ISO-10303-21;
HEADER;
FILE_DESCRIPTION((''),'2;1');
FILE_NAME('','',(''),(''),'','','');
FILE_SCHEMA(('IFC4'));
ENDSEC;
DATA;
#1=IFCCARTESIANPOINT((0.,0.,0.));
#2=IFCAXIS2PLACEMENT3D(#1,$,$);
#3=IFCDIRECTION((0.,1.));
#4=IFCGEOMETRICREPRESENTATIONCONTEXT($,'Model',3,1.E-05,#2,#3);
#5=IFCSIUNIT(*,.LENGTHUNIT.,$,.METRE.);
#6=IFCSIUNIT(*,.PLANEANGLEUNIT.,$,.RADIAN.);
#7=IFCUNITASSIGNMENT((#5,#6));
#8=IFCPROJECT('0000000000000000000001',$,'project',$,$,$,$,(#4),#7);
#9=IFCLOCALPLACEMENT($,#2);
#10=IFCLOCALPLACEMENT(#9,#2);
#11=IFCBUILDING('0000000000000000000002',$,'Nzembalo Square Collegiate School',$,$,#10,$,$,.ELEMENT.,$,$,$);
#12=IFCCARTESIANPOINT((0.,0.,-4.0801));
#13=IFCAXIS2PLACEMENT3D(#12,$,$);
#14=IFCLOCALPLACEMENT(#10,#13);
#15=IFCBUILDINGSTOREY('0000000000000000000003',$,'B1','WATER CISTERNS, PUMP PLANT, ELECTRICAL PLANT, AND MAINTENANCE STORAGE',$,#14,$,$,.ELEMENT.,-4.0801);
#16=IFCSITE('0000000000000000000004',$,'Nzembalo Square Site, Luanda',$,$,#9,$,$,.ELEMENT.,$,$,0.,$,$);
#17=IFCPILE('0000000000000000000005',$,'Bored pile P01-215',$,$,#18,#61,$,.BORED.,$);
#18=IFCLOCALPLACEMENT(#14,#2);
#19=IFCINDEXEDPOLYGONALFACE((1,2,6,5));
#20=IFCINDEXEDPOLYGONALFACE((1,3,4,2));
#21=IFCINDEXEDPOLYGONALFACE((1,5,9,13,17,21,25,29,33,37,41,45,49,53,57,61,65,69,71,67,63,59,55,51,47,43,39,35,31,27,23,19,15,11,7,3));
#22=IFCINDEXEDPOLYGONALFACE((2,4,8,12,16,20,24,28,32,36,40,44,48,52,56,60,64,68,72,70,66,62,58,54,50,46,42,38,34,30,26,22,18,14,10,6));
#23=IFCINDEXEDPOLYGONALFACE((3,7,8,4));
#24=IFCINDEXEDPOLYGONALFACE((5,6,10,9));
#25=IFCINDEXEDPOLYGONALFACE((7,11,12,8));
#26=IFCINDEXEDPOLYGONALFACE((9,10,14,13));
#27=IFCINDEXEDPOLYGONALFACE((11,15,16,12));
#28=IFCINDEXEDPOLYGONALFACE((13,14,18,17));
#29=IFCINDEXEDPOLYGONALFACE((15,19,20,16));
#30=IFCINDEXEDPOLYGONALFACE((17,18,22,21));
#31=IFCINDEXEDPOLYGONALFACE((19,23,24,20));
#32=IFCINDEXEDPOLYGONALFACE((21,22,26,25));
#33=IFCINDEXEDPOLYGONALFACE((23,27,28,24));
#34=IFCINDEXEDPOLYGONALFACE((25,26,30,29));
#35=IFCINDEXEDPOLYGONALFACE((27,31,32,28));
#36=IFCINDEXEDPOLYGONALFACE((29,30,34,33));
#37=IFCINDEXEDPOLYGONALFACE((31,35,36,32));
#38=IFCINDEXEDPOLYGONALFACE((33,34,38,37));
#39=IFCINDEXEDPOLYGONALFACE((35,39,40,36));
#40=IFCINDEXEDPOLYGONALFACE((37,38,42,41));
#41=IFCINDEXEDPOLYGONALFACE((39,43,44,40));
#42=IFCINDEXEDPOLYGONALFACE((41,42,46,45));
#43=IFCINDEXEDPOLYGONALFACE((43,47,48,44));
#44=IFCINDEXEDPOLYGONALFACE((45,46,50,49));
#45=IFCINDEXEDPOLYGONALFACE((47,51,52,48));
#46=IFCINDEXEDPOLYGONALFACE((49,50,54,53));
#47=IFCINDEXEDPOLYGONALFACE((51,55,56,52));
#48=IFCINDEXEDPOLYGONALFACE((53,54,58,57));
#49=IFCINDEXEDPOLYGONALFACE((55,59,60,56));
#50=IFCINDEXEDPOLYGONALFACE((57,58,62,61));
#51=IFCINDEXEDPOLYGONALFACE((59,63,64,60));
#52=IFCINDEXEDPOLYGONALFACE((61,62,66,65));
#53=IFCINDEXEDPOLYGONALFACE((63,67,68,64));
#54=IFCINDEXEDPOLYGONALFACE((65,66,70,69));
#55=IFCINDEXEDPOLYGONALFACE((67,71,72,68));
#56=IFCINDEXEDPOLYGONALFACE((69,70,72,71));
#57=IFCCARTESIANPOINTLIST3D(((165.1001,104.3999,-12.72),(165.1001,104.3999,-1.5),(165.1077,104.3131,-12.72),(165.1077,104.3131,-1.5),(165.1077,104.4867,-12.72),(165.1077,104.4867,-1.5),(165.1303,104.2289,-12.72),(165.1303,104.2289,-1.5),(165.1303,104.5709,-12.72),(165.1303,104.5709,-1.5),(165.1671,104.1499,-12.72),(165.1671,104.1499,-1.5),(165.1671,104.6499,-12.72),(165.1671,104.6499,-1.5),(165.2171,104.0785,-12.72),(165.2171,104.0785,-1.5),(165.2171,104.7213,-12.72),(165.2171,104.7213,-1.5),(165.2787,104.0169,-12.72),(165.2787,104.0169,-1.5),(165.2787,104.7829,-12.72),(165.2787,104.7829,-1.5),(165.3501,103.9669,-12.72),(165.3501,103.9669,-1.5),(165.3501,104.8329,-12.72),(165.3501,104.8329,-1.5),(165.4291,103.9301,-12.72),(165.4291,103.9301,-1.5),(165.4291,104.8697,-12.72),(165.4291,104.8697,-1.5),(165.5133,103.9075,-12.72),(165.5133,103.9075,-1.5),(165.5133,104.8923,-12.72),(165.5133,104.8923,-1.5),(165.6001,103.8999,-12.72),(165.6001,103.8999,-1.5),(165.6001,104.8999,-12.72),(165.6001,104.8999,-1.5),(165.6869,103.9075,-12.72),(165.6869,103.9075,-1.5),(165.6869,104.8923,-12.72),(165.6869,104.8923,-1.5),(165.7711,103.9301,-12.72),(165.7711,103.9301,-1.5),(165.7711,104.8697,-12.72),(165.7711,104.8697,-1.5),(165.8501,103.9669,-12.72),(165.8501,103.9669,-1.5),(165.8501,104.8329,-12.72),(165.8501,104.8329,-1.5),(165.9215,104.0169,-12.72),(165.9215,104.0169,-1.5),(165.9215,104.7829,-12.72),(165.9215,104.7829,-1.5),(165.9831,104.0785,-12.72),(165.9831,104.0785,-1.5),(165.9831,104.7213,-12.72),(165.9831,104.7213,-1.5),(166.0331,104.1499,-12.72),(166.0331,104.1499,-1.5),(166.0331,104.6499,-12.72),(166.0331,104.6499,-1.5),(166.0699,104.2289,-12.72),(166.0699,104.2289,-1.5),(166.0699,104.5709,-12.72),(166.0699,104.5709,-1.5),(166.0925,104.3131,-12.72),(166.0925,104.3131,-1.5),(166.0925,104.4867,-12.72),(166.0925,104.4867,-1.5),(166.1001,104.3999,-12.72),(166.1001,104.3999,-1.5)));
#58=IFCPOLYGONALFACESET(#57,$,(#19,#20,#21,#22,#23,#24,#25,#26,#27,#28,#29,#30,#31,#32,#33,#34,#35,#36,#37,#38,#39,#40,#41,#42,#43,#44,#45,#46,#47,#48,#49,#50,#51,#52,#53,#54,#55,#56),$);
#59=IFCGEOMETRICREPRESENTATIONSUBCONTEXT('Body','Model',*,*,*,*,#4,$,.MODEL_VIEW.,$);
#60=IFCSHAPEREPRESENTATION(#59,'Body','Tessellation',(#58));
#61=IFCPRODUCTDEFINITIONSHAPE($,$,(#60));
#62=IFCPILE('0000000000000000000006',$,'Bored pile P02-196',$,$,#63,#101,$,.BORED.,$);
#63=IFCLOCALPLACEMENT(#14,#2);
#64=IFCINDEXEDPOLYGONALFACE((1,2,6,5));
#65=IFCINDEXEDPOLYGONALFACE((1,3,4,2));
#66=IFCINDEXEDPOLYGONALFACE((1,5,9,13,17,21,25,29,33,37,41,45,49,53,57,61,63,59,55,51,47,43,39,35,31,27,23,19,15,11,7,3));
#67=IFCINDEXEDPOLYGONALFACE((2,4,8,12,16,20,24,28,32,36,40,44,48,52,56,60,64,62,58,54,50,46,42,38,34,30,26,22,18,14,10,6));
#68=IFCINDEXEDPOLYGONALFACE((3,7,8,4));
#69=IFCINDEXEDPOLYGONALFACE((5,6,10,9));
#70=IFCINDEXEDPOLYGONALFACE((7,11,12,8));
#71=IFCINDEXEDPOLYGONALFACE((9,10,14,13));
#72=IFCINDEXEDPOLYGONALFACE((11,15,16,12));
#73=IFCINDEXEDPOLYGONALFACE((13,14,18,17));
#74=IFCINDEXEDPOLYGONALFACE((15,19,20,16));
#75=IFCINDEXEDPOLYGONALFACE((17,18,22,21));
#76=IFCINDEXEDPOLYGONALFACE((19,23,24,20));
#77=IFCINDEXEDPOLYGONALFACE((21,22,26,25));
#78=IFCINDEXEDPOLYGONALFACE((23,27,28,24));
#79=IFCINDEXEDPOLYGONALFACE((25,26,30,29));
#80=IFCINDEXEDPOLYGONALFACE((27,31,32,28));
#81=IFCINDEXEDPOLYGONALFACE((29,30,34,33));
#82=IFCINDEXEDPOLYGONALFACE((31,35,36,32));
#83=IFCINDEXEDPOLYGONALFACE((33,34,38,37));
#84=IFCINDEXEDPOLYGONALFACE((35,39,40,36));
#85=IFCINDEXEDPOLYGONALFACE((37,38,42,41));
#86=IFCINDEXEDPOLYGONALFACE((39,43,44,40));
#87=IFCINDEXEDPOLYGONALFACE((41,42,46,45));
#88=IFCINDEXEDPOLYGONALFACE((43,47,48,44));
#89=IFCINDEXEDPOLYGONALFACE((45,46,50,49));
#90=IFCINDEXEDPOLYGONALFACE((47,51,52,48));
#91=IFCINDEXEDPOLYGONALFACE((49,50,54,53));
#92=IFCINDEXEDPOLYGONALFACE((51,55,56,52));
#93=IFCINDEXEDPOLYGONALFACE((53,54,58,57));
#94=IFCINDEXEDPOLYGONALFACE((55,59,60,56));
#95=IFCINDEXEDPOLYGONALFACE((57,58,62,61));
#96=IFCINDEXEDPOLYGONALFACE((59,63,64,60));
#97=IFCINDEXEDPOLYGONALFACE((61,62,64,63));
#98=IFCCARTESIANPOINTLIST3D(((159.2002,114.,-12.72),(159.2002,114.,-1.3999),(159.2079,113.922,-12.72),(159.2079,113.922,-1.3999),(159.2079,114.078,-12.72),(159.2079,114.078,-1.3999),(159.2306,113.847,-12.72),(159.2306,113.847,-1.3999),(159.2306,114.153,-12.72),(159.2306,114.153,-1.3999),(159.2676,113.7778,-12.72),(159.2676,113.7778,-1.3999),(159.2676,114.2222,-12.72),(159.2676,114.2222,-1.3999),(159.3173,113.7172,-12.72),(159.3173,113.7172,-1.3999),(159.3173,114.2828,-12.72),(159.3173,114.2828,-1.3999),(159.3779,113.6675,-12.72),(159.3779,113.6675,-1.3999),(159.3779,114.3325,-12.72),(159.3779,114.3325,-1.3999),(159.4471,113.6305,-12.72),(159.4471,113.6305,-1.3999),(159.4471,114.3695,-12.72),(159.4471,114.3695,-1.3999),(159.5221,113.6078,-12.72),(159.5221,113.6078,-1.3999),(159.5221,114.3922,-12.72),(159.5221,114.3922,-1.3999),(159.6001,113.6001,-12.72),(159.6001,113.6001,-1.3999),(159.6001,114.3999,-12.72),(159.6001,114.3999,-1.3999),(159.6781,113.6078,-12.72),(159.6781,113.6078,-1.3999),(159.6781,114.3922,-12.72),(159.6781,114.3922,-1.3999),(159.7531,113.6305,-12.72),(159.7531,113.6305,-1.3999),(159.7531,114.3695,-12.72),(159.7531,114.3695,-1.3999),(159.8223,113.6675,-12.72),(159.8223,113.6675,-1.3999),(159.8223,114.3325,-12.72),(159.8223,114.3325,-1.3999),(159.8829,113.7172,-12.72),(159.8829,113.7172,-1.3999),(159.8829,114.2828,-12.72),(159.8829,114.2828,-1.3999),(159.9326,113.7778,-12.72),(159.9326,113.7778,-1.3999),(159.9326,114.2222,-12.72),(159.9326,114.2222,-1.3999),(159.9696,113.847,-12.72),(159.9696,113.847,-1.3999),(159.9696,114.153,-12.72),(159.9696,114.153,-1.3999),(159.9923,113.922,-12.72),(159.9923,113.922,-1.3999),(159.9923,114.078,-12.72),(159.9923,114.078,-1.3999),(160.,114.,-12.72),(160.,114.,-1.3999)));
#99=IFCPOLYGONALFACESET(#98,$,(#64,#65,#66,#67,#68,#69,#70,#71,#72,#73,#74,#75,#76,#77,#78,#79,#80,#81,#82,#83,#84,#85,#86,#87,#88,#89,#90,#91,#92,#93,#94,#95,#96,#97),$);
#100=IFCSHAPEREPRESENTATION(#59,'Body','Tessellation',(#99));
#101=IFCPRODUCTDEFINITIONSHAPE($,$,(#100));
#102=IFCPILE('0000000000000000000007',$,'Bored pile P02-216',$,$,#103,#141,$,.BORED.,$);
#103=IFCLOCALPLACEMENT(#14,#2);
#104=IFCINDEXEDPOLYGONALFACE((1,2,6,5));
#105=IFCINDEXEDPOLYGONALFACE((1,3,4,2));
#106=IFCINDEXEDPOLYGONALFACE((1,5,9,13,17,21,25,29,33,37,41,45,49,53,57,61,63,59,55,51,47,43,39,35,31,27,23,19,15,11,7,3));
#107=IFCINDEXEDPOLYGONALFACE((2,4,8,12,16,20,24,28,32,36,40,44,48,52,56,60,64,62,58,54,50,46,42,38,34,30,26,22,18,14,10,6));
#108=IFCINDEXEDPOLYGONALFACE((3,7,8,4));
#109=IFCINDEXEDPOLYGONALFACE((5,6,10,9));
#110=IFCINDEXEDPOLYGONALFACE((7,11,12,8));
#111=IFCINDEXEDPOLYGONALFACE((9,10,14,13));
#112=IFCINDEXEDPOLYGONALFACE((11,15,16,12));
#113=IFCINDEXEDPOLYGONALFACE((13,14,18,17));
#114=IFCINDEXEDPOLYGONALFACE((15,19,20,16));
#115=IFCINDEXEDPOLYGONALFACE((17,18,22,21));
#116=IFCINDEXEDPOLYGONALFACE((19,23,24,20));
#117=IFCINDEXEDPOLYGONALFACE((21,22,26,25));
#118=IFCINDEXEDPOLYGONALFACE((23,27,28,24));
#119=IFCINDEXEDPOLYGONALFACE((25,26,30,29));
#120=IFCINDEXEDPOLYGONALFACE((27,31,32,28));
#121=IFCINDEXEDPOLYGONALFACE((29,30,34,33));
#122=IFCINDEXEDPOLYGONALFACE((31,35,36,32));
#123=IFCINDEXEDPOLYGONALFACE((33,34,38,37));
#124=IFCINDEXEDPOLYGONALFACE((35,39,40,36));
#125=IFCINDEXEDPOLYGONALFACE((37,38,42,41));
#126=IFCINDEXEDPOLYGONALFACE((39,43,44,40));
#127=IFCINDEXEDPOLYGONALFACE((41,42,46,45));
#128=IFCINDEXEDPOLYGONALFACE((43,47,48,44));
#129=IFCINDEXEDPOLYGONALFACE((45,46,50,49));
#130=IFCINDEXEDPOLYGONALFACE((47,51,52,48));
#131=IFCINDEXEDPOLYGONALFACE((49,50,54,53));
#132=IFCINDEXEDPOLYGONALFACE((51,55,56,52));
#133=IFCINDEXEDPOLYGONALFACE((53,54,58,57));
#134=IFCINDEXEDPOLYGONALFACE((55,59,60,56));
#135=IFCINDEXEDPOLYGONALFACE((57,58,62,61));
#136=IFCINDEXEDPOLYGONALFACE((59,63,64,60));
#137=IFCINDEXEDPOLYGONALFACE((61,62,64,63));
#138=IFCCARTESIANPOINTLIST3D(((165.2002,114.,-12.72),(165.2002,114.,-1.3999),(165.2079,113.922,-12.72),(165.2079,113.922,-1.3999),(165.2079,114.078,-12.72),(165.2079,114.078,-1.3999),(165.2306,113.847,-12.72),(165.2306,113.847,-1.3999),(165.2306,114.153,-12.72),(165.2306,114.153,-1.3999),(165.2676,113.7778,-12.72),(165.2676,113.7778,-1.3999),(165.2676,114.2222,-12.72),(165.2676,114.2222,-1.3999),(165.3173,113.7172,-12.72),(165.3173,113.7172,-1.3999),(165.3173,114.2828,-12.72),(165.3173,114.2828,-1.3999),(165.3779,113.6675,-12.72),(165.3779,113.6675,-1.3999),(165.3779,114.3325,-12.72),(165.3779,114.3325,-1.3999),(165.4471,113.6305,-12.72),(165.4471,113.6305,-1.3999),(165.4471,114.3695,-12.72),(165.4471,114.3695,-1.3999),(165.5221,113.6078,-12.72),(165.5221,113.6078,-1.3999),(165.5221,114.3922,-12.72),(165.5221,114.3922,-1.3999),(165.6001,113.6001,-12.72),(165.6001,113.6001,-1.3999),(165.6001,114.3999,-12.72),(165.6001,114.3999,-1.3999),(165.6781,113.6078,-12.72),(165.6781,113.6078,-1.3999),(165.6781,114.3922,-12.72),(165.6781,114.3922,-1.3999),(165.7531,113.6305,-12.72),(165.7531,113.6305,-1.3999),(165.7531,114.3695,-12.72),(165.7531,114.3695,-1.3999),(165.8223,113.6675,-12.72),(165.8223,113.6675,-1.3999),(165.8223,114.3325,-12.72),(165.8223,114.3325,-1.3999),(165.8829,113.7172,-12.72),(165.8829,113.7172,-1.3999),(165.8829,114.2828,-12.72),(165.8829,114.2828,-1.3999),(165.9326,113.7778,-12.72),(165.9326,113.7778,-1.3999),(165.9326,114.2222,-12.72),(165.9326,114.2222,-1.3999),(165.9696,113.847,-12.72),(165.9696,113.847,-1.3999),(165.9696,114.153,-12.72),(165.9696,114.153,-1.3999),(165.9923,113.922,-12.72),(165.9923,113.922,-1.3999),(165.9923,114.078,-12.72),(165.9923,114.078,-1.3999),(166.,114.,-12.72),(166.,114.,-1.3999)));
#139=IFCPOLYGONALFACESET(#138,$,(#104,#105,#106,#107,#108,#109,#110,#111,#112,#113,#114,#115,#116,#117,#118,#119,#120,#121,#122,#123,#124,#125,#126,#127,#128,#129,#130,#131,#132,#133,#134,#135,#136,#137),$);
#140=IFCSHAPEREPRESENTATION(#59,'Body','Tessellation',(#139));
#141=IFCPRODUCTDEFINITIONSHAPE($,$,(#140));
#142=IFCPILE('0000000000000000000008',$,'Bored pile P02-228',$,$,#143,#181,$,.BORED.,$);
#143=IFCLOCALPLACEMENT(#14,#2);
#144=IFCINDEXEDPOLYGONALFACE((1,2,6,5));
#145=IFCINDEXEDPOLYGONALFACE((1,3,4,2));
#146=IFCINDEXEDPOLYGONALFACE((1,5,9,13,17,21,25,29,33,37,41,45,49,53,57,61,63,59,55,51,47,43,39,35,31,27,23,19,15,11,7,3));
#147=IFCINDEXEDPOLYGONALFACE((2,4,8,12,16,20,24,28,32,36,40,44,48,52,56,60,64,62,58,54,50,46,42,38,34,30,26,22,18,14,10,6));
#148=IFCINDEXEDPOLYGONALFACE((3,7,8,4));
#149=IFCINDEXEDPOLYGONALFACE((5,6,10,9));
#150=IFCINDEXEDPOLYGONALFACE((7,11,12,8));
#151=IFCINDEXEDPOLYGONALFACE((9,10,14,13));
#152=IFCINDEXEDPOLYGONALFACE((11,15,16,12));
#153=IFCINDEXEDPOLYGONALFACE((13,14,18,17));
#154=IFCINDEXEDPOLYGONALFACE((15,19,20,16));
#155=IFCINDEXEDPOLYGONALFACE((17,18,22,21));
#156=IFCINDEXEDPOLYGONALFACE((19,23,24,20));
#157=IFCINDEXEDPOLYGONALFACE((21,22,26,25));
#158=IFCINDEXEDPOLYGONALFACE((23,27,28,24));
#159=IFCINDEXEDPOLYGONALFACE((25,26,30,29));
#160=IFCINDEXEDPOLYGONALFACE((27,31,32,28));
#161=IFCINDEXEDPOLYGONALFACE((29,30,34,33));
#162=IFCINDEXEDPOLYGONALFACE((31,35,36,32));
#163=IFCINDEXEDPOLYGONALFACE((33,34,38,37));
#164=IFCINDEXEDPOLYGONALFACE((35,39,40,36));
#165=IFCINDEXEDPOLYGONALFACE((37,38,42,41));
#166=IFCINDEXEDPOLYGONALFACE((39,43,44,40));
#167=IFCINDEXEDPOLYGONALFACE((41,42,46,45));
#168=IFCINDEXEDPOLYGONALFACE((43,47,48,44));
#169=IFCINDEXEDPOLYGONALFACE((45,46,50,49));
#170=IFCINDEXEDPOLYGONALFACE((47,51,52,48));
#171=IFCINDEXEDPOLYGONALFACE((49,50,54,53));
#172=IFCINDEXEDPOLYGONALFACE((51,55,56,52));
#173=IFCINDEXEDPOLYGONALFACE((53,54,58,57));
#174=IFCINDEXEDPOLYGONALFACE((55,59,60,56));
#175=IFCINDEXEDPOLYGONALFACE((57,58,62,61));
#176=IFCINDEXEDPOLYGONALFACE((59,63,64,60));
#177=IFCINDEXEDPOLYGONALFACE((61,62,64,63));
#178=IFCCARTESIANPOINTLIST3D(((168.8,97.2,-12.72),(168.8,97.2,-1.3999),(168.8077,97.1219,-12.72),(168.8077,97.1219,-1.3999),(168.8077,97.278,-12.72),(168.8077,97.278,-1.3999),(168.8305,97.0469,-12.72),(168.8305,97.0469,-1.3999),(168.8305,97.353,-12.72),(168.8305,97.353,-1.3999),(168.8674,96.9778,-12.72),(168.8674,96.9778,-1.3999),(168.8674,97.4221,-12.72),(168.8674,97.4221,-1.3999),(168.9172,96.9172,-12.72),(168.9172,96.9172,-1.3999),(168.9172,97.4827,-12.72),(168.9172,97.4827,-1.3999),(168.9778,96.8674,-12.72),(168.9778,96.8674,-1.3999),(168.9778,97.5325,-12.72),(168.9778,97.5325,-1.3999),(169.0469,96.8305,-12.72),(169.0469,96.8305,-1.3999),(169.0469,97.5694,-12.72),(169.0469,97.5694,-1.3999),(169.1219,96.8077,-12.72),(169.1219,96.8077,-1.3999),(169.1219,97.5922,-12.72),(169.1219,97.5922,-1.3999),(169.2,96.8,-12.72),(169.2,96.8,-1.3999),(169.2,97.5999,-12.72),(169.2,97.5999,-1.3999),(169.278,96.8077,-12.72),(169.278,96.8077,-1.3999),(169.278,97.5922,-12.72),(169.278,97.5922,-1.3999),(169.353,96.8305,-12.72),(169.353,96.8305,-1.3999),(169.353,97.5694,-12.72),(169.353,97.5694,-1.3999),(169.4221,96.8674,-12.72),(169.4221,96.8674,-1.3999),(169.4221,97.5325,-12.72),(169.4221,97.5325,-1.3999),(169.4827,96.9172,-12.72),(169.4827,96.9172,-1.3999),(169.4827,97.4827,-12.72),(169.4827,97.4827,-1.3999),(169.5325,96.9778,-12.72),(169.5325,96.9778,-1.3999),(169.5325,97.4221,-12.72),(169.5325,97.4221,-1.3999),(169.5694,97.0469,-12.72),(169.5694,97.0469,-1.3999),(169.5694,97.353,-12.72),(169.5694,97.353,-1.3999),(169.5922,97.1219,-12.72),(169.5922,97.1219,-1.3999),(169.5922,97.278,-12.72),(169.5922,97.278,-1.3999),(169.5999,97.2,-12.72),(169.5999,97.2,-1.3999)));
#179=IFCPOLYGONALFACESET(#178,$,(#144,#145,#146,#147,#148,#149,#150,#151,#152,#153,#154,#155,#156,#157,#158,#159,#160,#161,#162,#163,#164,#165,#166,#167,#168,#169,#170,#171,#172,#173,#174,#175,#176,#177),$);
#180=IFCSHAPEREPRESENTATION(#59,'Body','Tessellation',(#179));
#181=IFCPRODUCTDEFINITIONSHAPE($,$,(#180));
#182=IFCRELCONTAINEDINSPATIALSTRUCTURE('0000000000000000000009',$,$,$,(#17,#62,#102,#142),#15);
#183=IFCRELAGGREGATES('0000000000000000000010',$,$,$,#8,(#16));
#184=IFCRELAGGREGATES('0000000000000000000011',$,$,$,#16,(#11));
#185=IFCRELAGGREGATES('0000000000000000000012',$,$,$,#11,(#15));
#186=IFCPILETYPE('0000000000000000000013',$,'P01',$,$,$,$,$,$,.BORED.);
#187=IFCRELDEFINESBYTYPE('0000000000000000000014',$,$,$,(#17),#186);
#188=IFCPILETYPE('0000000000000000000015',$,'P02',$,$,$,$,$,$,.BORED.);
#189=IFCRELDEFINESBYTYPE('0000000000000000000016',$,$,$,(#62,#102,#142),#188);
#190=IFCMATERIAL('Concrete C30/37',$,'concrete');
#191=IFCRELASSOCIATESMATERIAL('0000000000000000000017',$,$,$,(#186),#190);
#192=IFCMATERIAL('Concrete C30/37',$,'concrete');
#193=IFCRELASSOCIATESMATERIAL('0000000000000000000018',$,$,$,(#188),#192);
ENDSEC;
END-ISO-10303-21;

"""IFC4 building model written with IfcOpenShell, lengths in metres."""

from ifc_helpers import new_model, si_unit, direction, frame, origin, origin_2d, place, context, subcontext, project, spatial, circle, extrude, material, material_profile, profile_set, type_object, element, save


model = new_model("IFC4")

# Units and contexts
model_context = context("Model", 3, precision=1e-05, world=origin(), true_north=direction((0.0, 1.0)))
body_context = subcontext(model_context, "Body", "Model", "MODEL_VIEW")
ifc_project = project(units=[si_unit("LENGTHUNIT", "METRE"), si_unit("PLANEANGLEUNIT", "RADIAN")], contexts=[model_context])

# Site, building, storey
site_placement = place(None, origin())
site = spatial("IfcSite", under=ifc_project, at=site_placement, Name="Nzembalo Square Site, Luanda", CompositionType="ELEMENT", RefElevation=0.0)
building_placement = place(site_placement, origin())
building = spatial("IfcBuilding", under=site, at=building_placement, Name="Nzembalo Square Collegiate School", CompositionType="ELEMENT")
storey_placement = place(building_placement, frame((0.0, 0.0, -4.0801)))
storey = spatial("IfcBuildingStorey", under=building, at=storey_placement, Name="B1", Description="WATER CISTERNS, PUMP PLANT, ELECTRICAL PLANT, AND MAINTENANCE STORAGE", CompositionType="ELEMENT", Elevation=-4.0801)

# Piles
ifc_material_1 = material(Name="Concrete C30/37", Category="concrete")
ifc_material_profile_1 = material_profile(ifc_material_1, circle(Radius=0.5, at=origin_2d()), Name="PILE D1000")
ifc_profile_set_1 = profile_set([ifc_material_profile_1], Name="Concrete C30/37")
pile_type_1 = type_object("IfcPileType", Name="P01", PredefinedType="BORED", material=ifc_profile_set_1)
for number, where, z_axis, x_axis, name in (
    (1, (165.6001, 104.3999, -1.5), (0.0, 0.0, -1.0), (1.0, 0.0, 0.0), "Bored pile P01-215"),
):
    element("IfcPile", number, at=place(storey_placement, frame(where, z_axis=z_axis, x_axis=x_axis)), inside=storey, type_object=pile_type_1, Name=name, PredefinedType="BORED", context=body_context, shape_type="SweptSolid", body=[
        extrude(circle(Radius=0.5, at=origin_2d()), origin(), (0.0, 0.0, 1.0), 11.22),
    ])
ifc_material_2 = material(Name="Concrete C30/37", Category="concrete")
ifc_material_profile_2 = material_profile(ifc_material_2, circle(Radius=0.3999, at=origin_2d()), Name="PILE D800")
ifc_profile_set_2 = profile_set([ifc_material_profile_2], Name="Concrete C30/37")
pile_type_2 = type_object("IfcPileType", Name="P02", PredefinedType="BORED", material=ifc_profile_set_2)
for number, where, z_axis, x_axis, name in (
    (2, (159.6001, 114.0, -1.3999), (0.0, 0.0, -1.0), (1.0, 0.0, 0.0), "Bored pile P02-196"),
    (3, (165.6001, 114.0, -1.3999), (0.0, 0.0, -1.0), (1.0, 0.0, 0.0), "Bored pile P02-216"),
    (4, (169.2, 97.2, -1.3999), (0.0, 0.0, -1.0), (1.0, 0.0, 0.0), "Bored pile P02-228"),
):
    element("IfcPile", number, at=place(storey_placement, frame(where, z_axis=z_axis, x_axis=x_axis)), inside=storey, type_object=pile_type_2, Name=name, PredefinedType="BORED", context=body_context, shape_type="SweptSolid", body=[
        extrude(circle(Radius=0.3999, at=origin_2d()), origin(), (0.0, 0.0, 1.0), 11.3201),
    ])

save(model, "model.ifc")
